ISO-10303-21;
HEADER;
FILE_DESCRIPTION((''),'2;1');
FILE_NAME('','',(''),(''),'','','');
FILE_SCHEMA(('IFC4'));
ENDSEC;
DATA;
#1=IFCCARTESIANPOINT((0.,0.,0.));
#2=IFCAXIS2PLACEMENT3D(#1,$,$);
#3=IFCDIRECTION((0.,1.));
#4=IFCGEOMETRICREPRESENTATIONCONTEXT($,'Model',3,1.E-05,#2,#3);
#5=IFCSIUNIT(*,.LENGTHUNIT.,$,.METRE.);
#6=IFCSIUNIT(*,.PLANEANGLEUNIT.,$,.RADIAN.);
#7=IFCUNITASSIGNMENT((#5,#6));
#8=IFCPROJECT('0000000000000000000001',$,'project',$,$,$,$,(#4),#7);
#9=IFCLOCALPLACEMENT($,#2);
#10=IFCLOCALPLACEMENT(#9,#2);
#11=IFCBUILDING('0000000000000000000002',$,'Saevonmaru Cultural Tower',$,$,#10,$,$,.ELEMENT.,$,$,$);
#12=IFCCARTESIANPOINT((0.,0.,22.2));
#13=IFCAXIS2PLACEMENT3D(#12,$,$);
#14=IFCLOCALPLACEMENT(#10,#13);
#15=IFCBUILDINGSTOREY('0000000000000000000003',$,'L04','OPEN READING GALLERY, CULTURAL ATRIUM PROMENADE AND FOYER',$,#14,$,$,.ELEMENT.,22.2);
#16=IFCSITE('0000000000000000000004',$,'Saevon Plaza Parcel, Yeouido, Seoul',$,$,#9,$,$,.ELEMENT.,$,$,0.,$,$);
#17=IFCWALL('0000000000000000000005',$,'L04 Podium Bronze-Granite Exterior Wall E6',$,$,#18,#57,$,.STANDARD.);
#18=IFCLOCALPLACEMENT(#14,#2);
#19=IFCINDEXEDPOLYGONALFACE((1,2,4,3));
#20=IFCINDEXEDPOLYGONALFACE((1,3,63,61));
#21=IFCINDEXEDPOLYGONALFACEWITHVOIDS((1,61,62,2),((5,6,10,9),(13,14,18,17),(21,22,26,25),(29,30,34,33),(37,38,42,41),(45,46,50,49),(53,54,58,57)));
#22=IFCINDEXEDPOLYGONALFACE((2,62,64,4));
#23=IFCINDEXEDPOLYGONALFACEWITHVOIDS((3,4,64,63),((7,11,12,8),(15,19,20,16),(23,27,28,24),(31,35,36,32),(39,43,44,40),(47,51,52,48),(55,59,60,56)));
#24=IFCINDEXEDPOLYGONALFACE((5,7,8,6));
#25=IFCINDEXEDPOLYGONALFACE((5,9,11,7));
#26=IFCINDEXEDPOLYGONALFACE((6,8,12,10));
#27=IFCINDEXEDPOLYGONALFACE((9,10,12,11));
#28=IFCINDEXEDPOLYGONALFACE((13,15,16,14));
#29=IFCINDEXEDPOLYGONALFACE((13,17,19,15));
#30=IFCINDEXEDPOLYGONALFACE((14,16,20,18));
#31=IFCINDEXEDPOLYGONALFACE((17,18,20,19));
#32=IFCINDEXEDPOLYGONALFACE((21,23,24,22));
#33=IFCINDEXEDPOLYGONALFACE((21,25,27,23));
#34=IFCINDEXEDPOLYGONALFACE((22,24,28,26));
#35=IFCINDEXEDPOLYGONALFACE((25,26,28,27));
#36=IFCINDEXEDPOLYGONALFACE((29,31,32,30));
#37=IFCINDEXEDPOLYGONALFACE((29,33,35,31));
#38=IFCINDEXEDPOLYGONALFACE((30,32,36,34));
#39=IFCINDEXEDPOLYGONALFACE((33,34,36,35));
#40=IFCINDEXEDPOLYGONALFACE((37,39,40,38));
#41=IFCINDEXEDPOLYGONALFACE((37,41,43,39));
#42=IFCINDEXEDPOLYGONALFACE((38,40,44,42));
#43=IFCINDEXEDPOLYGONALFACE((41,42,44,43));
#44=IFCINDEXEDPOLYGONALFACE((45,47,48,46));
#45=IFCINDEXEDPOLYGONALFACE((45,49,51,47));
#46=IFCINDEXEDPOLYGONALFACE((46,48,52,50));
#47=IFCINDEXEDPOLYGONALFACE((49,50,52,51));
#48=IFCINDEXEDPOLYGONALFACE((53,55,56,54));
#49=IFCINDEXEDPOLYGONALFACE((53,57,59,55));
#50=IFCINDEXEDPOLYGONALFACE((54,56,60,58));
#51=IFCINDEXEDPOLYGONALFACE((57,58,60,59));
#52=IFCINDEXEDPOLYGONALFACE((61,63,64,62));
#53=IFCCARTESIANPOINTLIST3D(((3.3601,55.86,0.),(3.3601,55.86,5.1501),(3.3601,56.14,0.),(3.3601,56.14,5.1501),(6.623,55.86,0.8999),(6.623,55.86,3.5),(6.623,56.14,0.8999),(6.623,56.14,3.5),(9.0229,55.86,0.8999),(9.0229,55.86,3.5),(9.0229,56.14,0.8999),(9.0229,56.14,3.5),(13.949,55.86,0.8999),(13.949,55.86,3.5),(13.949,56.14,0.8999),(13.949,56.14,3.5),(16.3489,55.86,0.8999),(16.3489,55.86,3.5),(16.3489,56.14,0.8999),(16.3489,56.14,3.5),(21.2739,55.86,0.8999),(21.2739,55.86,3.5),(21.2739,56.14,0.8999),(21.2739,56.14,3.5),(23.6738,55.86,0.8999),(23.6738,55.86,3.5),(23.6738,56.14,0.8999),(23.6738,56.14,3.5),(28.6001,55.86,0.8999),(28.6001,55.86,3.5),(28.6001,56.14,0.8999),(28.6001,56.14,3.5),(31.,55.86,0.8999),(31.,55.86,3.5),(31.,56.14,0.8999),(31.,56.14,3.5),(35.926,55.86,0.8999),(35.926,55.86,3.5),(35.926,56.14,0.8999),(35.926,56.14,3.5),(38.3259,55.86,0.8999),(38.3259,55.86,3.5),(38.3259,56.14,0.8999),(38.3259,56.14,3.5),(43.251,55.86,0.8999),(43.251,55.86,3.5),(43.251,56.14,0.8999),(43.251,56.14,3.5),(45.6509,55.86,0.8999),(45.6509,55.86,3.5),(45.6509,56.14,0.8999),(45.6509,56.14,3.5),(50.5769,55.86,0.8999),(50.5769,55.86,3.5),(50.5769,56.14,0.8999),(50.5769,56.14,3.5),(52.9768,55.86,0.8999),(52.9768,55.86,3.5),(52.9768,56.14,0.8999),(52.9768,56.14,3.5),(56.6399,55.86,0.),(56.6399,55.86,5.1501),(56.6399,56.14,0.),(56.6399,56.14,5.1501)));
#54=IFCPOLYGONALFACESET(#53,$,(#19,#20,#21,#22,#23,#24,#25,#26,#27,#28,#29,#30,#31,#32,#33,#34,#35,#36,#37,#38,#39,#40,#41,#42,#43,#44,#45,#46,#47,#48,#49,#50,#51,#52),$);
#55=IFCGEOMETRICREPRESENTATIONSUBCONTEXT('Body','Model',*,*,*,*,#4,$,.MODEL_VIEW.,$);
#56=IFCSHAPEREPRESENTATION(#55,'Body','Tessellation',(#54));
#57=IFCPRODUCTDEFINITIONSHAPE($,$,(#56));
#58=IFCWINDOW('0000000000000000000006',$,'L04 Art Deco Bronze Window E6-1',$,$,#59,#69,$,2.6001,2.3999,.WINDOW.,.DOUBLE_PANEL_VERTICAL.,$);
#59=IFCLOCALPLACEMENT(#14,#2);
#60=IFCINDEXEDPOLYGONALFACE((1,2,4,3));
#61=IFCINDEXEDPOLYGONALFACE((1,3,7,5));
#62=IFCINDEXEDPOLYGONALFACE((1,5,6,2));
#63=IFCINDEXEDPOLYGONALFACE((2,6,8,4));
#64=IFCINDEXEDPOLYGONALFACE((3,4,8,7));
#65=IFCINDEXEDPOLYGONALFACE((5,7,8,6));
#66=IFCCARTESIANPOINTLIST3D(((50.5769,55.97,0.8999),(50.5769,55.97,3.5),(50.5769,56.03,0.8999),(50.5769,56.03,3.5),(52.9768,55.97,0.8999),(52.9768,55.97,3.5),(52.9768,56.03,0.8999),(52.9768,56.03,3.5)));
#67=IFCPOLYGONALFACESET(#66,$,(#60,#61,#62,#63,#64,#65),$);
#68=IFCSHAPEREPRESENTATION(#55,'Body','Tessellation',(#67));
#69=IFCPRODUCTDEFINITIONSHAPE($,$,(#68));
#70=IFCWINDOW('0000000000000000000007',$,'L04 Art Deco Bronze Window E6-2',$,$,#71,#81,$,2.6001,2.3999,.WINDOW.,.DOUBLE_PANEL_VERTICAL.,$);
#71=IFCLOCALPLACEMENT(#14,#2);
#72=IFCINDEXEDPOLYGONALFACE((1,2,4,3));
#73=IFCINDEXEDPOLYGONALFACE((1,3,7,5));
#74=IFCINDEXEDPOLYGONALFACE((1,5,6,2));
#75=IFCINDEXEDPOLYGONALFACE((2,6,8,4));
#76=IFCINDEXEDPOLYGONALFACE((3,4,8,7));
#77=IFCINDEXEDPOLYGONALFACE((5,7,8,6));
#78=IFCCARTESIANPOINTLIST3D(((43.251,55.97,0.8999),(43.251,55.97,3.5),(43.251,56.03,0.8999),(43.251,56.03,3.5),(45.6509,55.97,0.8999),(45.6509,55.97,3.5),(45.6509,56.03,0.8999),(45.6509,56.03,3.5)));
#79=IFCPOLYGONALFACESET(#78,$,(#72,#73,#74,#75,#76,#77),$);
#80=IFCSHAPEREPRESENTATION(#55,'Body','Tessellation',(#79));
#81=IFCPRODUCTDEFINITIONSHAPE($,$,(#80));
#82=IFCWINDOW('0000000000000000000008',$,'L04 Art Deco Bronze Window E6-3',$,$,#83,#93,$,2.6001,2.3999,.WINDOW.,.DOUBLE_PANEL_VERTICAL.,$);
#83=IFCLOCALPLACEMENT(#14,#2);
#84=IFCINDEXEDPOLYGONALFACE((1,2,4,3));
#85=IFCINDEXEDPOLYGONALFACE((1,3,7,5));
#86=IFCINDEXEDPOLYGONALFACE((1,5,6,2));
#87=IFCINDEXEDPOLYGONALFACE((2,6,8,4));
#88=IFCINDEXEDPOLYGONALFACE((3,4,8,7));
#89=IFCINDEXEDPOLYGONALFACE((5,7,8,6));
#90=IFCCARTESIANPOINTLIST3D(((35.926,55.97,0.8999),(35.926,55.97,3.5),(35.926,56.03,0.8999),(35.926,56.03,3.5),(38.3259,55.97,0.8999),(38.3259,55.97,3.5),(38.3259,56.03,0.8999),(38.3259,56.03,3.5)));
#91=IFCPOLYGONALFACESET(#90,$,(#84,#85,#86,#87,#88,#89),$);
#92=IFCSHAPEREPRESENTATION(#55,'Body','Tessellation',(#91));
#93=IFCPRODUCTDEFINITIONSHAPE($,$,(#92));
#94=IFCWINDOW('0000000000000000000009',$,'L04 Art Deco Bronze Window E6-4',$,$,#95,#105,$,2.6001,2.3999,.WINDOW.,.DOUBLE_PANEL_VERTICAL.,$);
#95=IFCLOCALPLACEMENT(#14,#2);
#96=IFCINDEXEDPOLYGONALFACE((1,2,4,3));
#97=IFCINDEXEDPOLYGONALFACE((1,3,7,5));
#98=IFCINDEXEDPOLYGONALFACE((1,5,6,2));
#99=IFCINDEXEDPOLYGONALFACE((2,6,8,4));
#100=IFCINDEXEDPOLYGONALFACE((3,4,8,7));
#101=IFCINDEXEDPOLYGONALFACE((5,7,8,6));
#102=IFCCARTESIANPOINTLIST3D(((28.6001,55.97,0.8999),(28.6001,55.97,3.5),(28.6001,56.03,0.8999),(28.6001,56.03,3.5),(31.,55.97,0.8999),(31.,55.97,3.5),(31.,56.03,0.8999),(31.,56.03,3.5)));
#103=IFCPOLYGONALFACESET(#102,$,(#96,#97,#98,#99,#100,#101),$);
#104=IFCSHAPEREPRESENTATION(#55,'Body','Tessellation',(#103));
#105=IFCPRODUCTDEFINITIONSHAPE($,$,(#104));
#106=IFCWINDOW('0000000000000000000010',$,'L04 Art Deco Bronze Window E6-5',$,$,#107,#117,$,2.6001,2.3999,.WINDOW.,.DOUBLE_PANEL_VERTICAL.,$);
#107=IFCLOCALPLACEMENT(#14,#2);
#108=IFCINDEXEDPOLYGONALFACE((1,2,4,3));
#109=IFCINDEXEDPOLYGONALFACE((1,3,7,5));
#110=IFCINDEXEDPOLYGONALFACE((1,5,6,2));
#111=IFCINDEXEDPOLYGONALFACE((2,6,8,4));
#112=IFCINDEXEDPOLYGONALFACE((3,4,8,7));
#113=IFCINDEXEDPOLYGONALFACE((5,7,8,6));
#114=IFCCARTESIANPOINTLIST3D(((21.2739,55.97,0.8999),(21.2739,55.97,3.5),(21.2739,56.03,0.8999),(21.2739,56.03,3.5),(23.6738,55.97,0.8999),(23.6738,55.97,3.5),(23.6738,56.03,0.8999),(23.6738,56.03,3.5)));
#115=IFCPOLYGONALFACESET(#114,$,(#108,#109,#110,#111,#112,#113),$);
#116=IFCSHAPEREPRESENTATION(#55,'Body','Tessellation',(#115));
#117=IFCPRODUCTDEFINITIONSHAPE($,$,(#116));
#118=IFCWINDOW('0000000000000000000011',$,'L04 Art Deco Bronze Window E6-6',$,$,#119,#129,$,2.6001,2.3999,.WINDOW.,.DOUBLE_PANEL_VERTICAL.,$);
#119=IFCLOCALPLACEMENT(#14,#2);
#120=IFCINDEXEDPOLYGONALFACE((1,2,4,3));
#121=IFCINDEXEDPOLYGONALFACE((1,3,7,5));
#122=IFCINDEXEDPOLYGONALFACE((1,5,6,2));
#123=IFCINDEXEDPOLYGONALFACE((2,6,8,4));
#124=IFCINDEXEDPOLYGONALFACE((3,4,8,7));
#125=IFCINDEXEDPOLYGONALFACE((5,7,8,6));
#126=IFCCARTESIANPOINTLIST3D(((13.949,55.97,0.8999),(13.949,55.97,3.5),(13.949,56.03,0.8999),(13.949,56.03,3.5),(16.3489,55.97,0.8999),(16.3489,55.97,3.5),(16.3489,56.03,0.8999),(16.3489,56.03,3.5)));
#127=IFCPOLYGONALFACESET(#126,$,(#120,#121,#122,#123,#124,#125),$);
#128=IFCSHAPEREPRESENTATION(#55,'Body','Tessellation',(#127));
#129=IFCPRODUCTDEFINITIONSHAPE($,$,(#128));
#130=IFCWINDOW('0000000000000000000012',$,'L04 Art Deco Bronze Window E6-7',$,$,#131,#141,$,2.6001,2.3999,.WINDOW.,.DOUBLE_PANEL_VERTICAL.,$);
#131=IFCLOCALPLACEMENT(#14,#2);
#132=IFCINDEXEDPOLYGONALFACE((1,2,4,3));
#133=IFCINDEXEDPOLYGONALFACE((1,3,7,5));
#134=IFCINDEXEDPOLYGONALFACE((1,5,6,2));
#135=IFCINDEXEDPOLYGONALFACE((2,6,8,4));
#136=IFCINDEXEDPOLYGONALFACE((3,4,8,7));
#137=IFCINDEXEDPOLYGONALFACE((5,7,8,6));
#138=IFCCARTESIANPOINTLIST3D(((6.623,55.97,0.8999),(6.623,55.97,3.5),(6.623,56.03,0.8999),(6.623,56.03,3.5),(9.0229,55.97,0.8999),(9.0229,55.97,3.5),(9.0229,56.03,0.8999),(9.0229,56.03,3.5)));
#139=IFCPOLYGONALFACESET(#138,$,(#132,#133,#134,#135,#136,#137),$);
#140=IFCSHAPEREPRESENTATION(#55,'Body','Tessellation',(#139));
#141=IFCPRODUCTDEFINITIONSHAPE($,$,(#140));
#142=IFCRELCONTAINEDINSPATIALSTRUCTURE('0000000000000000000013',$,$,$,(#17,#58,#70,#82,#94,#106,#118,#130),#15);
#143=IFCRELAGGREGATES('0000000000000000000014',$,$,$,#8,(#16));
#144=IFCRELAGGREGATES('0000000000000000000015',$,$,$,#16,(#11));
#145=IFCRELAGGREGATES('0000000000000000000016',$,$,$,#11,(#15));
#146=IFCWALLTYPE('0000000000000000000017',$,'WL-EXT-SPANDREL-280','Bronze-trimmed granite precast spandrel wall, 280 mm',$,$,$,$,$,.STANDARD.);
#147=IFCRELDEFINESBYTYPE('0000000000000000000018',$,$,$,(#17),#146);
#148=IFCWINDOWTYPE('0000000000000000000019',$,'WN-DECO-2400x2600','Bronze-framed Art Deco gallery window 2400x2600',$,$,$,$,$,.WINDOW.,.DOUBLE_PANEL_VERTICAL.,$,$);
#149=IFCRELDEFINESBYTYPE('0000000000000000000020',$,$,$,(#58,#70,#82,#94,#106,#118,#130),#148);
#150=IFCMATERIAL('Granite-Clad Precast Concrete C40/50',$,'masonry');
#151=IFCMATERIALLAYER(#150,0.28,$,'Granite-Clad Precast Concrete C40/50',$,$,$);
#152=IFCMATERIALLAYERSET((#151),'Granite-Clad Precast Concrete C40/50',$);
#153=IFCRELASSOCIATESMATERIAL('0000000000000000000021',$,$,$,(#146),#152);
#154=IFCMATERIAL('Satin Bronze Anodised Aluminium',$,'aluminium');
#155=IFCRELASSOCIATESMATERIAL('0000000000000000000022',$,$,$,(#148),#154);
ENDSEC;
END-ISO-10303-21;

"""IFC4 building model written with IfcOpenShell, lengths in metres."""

from ifc_helpers import new_model, si_unit, direction, frame, frame_2d, origin, place, context, subcontext, project, spatial, rectangle, extrude, material, layer, layer_set, type_object, element, fill, save


model = new_model("IFC4")

# Units and contexts
model_context = context("Model", 3, precision=1e-05, world=origin(), true_north=direction((0.0, 1.0)))
body_context = subcontext(model_context, "Body", "Model", "MODEL_VIEW")
ifc_project = project(units=[si_unit("LENGTHUNIT", "METRE"), si_unit("PLANEANGLEUNIT", "RADIAN")], contexts=[model_context])

# Site, building, storey
site_placement = place(None, origin())
site = spatial("IfcSite", under=ifc_project, at=site_placement, Name="Saevon Plaza Parcel, Yeouido, Seoul", CompositionType="ELEMENT", RefElevation=0.0)
building_placement = place(site_placement, origin())
building = spatial("IfcBuilding", under=site, at=building_placement, Name="Saevonmaru Cultural Tower", CompositionType="ELEMENT")
storey_placement = place(building_placement, frame((0.0, 0.0, 22.2)))
storey = spatial("IfcBuildingStorey", under=building, at=storey_placement, Name="L04", Description="OPEN READING GALLERY, CULTURAL ATRIUM PROMENADE AND FOYER", CompositionType="ELEMENT", Elevation=22.2)

# Shared definitions
ifc_material_1 = material(Name="Satin Bronze Anodised Aluminium", Category="aluminium")

# Shared definitions
ifc_material_2 = material(Name="Granite-Clad Precast Concrete C40/50", Category="masonry")

# Wall, openings, windows
ifc_layer_1 = layer(ifc_material_2, 0.28, Name="Granite-Clad Precast Concrete C40/50")
ifc_layer_set_1 = layer_set([ifc_layer_1], Name="Granite-Clad Precast Concrete C40/50")
wall_type_1 = type_object("IfcWallType", Name="WL-EXT-SPANDREL-280", Description="Bronze-trimmed granite precast spandrel wall, 280 mm", PredefinedType="STANDARD", material=ifc_layer_set_1)
wall_1_placement = place(storey_placement, frame((56.6399, 56.0, 0.0), z_axis=(0.0, 0.0, 1.0), x_axis=(-1.0, 0.0, 0.0)))
wall_1 = element("IfcWall", 1, at=wall_1_placement, inside=storey, type_object=wall_type_1, Name="L04 Podium Bronze-Granite Exterior Wall E6", PredefinedType="STANDARD", context=body_context, shape_type="SweptSolid", body=[
    extrude(rectangle(XDim=53.2798, YDim=0.28, at=frame_2d((26.6399, 0.0))), origin(), (0.0, 0.0, 1.0), 5.1501),
])
opening_1_placement = place(wall_1_placement, frame((3.6631, 0.0, 0.8999)))
opening_1 = element("IfcOpeningElement", 2, at=opening_1_placement, cuts=wall_1, PredefinedType="OPENING", context=body_context, shape_type="SweptSolid", body=[
    extrude(rectangle(XDim=2.3999, YDim=2.6001, at=frame_2d((1.2, 1.3))), frame((0.0, 0.1499, 0.0), z_axis=(0.0, -1.0, 0.0), x_axis=(1.0, 0.0, 0.0)), (0.0, 0.0, 1.0), 0.3),
])
opening_2_placement = place(wall_1_placement, frame((10.989, 0.0, 0.8999)))
opening_2 = element("IfcOpeningElement", 3, at=opening_2_placement, cuts=wall_1, PredefinedType="OPENING", context=body_context, shape_type="SweptSolid", body=[
    extrude(rectangle(XDim=2.3999, YDim=2.6001, at=frame_2d((1.2, 1.3))), frame((0.0, 0.1499, 0.0), z_axis=(0.0, -1.0, 0.0), x_axis=(1.0, 0.0, 0.0)), (0.0, 0.0, 1.0), 0.3),
])
opening_3_placement = place(wall_1_placement, frame((18.314, 0.0, 0.8999)))
opening_3 = element("IfcOpeningElement", 4, at=opening_3_placement, cuts=wall_1, PredefinedType="OPENING", context=body_context, shape_type="SweptSolid", body=[
    extrude(rectangle(XDim=2.3999, YDim=2.6001, at=frame_2d((1.2, 1.3))), frame((0.0, 0.1499, 0.0), z_axis=(0.0, -1.0, 0.0), x_axis=(1.0, 0.0, 0.0)), (0.0, 0.0, 1.0), 0.3),
])
opening_4_placement = place(wall_1_placement, frame((25.6399, 0.0, 0.8999)))
opening_4 = element("IfcOpeningElement", 5, at=opening_4_placement, cuts=wall_1, PredefinedType="OPENING", context=body_context, shape_type="SweptSolid", body=[
    extrude(rectangle(XDim=2.3999, YDim=2.6001, at=frame_2d((1.2, 1.3))), frame((0.0, 0.1499, 0.0), z_axis=(0.0, -1.0, 0.0), x_axis=(1.0, 0.0, 0.0)), (0.0, 0.0, 1.0), 0.3),
])
opening_5_placement = place(wall_1_placement, frame((32.9661, 0.0, 0.8999)))
opening_5 = element("IfcOpeningElement", 6, at=opening_5_placement, cuts=wall_1, PredefinedType="OPENING", context=body_context, shape_type="SweptSolid", body=[
    extrude(rectangle(XDim=2.3999, YDim=2.6001, at=frame_2d((1.2, 1.3))), frame((0.0, 0.1499, 0.0), z_axis=(0.0, -1.0, 0.0), x_axis=(1.0, 0.0, 0.0)), (0.0, 0.0, 1.0), 0.3),
])
opening_6_placement = place(wall_1_placement, frame((40.291, 0.0, 0.8999)))
opening_6 = element("IfcOpeningElement", 7, at=opening_6_placement, cuts=wall_1, PredefinedType="OPENING", context=body_context, shape_type="SweptSolid", body=[
    extrude(rectangle(XDim=2.3999, YDim=2.6001, at=frame_2d((1.2, 1.3))), frame((0.0, 0.1499, 0.0), z_axis=(0.0, -1.0, 0.0), x_axis=(1.0, 0.0, 0.0)), (0.0, 0.0, 1.0), 0.3),
])
opening_7_placement = place(wall_1_placement, frame((47.6169, 0.0, 0.8999)))
opening_7 = element("IfcOpeningElement", 8, at=opening_7_placement, cuts=wall_1, PredefinedType="OPENING", context=body_context, shape_type="SweptSolid", body=[
    extrude(rectangle(XDim=2.3999, YDim=2.6001, at=frame_2d((1.2, 1.3))), frame((0.0, 0.1499, 0.0), z_axis=(0.0, -1.0, 0.0), x_axis=(1.0, 0.0, 0.0)), (0.0, 0.0, 1.0), 0.3),
])
window_type_1 = type_object("IfcWindowType", Name="WN-DECO-2400x2600", Description="Bronze-framed Art Deco gallery window 2400x2600", PartitioningType="DOUBLE_PANEL_VERTICAL", PredefinedType="WINDOW", material=ifc_material_1)
window_1_placement = place(opening_1_placement, origin())
window_1 = element("IfcWindow", 9, at=window_1_placement, inside=storey, type_object=window_type_1, Name="L04 Art Deco Bronze Window E6-1", OverallHeight=2.6001, OverallWidth=2.3999, PartitioningType="DOUBLE_PANEL_VERTICAL", PredefinedType="WINDOW", context=body_context, shape_type="SweptSolid", body=[
    extrude(rectangle(XDim=2.3999, YDim=2.6001, at=frame_2d((1.2, 1.3))), frame((0.0, 0.03, 0.0), z_axis=(0.0, -1.0, 0.0), x_axis=(1.0, 0.0, 0.0)), (0.0, 0.0, 1.0), 0.0601),
])
fill(opening_1, window_1)
window_2_placement = place(opening_2_placement, origin())
window_2 = element("IfcWindow", 10, at=window_2_placement, inside=storey, type_object=window_type_1, Name="L04 Art Deco Bronze Window E6-2", OverallHeight=2.6001, OverallWidth=2.3999, PartitioningType="DOUBLE_PANEL_VERTICAL", PredefinedType="WINDOW", context=body_context, shape_type="SweptSolid", body=[
    extrude(rectangle(XDim=2.3999, YDim=2.6001, at=frame_2d((1.2, 1.3))), frame((0.0, 0.03, 0.0), z_axis=(0.0, -1.0, 0.0), x_axis=(1.0, 0.0, 0.0)), (0.0, 0.0, 1.0), 0.0601),
])
fill(opening_2, window_2)
window_3_placement = place(opening_3_placement, origin())
window_3 = element("IfcWindow", 11, at=window_3_placement, inside=storey, type_object=window_type_1, Name="L04 Art Deco Bronze Window E6-3", OverallHeight=2.6001, OverallWidth=2.3999, PartitioningType="DOUBLE_PANEL_VERTICAL", PredefinedType="WINDOW", context=body_context, shape_type="SweptSolid", body=[
    extrude(rectangle(XDim=2.3999, YDim=2.6001, at=frame_2d((1.2, 1.3))), frame((0.0, 0.03, 0.0), z_axis=(0.0, -1.0, 0.0), x_axis=(1.0, 0.0, 0.0)), (0.0, 0.0, 1.0), 0.0601),
])
fill(opening_3, window_3)
window_4_placement = place(opening_4_placement, origin())
window_4 = element("IfcWindow", 12, at=window_4_placement, inside=storey, type_object=window_type_1, Name="L04 Art Deco Bronze Window E6-4", OverallHeight=2.6001, OverallWidth=2.3999, PartitioningType="DOUBLE_PANEL_VERTICAL", PredefinedType="WINDOW", context=body_context, shape_type="SweptSolid", body=[
    extrude(rectangle(XDim=2.3999, YDim=2.6001, at=frame_2d((1.2, 1.3))), frame((0.0, 0.03, 0.0), z_axis=(0.0, -1.0, 0.0), x_axis=(1.0, 0.0, 0.0)), (0.0, 0.0, 1.0), 0.0601),
])
fill(opening_4, window_4)
window_5_placement = place(opening_5_placement, origin())
window_5 = element("IfcWindow", 13, at=window_5_placement, inside=storey, type_object=window_type_1, Name="L04 Art Deco Bronze Window E6-5", OverallHeight=2.6001, OverallWidth=2.3999, PartitioningType="DOUBLE_PANEL_VERTICAL", PredefinedType="WINDOW", context=body_context, shape_type="SweptSolid", body=[
    extrude(rectangle(XDim=2.3999, YDim=2.6001, at=frame_2d((1.2, 1.3))), frame((0.0, 0.03, 0.0), z_axis=(0.0, -1.0, 0.0), x_axis=(1.0, 0.0, 0.0)), (0.0, 0.0, 1.0), 0.0601),
])
fill(opening_5, window_5)
window_6_placement = place(opening_6_placement, origin())
window_6 = element("IfcWindow", 14, at=window_6_placement, inside=storey, type_object=window_type_1, Name="L04 Art Deco Bronze Window E6-6", OverallHeight=2.6001, OverallWidth=2.3999, PartitioningType="DOUBLE_PANEL_VERTICAL", PredefinedType="WINDOW", context=body_context, shape_type="SweptSolid", body=[
    extrude(rectangle(XDim=2.3999, YDim=2.6001, at=frame_2d((1.2, 1.3))), frame((0.0, 0.03, 0.0), z_axis=(0.0, -1.0, 0.0), x_axis=(1.0, 0.0, 0.0)), (0.0, 0.0, 1.0), 0.0601),
])
fill(opening_6, window_6)
window_7_placement = place(opening_7_placement, origin())
window_7 = element("IfcWindow", 15, at=window_7_placement, inside=storey, type_object=window_type_1, Name="L04 Art Deco Bronze Window E6-7", OverallHeight=2.6001, OverallWidth=2.3999, PartitioningType="DOUBLE_PANEL_VERTICAL", PredefinedType="WINDOW", context=body_context, shape_type="SweptSolid", body=[
    extrude(rectangle(XDim=2.3999, YDim=2.6001, at=frame_2d((1.2, 1.3))), frame((0.0, 0.03, 0.0), z_axis=(0.0, -1.0, 0.0), x_axis=(1.0, 0.0, 0.0)), (0.0, 0.0, 1.0), 0.0601),
])
fill(opening_7, window_7)

save(model, "model.ifc")
